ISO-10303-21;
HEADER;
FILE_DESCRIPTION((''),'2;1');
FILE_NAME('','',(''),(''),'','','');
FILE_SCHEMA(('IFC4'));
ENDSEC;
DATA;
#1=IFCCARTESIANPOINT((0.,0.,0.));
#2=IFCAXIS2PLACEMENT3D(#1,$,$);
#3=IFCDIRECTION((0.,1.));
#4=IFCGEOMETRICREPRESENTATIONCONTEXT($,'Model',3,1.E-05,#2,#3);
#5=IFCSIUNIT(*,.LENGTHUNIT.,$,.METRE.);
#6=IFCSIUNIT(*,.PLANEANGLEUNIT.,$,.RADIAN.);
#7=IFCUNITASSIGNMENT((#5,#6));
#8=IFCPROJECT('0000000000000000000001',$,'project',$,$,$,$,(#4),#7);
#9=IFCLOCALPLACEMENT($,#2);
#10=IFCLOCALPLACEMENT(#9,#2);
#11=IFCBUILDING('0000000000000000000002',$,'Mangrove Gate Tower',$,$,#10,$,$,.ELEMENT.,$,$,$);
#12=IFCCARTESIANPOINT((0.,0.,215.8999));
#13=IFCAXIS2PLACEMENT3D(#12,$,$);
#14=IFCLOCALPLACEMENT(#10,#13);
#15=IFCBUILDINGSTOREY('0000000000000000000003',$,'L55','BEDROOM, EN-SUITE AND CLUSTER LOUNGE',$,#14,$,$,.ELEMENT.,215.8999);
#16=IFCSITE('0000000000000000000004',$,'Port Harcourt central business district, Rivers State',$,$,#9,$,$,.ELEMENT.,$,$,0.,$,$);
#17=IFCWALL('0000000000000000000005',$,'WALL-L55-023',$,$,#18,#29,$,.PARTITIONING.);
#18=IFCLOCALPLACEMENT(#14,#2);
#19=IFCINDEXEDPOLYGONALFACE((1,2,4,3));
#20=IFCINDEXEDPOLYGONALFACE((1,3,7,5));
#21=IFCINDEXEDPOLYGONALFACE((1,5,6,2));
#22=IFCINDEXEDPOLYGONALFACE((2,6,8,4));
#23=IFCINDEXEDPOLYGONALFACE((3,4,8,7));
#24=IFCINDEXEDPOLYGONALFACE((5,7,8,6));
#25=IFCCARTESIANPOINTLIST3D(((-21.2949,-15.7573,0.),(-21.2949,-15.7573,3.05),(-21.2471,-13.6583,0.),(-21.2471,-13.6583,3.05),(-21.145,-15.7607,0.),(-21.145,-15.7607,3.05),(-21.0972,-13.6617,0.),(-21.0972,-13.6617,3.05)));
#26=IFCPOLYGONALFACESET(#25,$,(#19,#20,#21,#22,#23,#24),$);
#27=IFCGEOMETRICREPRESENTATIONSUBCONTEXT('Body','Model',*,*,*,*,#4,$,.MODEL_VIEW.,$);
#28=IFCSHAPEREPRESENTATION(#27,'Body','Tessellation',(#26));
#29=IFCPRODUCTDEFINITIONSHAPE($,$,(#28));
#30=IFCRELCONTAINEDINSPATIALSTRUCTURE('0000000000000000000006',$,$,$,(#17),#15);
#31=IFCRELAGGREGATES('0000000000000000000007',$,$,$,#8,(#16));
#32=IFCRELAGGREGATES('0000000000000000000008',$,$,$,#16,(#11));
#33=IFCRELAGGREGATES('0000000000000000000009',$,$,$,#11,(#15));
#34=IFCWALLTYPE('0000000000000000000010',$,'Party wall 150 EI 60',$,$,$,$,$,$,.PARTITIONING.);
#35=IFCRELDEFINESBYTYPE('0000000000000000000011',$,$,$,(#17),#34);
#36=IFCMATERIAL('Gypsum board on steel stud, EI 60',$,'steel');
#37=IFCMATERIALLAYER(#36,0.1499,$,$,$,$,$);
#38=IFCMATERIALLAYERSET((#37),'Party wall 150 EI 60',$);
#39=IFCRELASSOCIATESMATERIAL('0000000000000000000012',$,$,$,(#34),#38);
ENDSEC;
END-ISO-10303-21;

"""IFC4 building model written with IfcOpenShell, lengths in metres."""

from ifc_helpers import new_model, si_unit, direction, frame, frame_2d, origin, place, context, subcontext, project, spatial, rectangle, extrude, material, layer, layer_set, type_object, element, save


model = new_model("IFC4")

# Units and contexts
model_context = context("Model", 3, precision=1e-05, world=origin(), true_north=direction((0.0, 1.0)))
body_context = subcontext(model_context, "Body", "Model", "MODEL_VIEW")
ifc_project = project(units=[si_unit("LENGTHUNIT", "METRE"), si_unit("PLANEANGLEUNIT", "RADIAN")], contexts=[model_context])

# Site, building, storey
site_placement = place(None, origin())
site = spatial("IfcSite", under=ifc_project, at=site_placement, Name="Port Harcourt central business district, Rivers State", CompositionType="ELEMENT", RefElevation=0.0)
building_placement = place(site_placement, origin())
building = spatial("IfcBuilding", under=site, at=building_placement, Name="Mangrove Gate Tower", CompositionType="ELEMENT")
storey_placement = place(building_placement, frame((0.0, 0.0, 215.8999)))
storey = spatial("IfcBuildingStorey", under=building, at=storey_placement, Name="L55", Description="BEDROOM, EN-SUITE AND CLUSTER LOUNGE", CompositionType="ELEMENT", Elevation=215.8999)

# Wall
ifc_material_1 = material(Name="Gypsum board on steel stud, EI 60", Category="steel")
ifc_layer_1 = layer(ifc_material_1, 0.1499)
ifc_layer_set_1 = layer_set([ifc_layer_1], Name="Party wall 150 EI 60")
wall_type_1 = type_object("IfcWallType", Name="Party wall 150 EI 60", PredefinedType="PARTITIONING", material=ifc_layer_set_1)
wall_1_placement = place(storey_placement, frame((-21.22, -15.759, 0.0), z_axis=(0.0, 0.0, 1.0), x_axis=(0.02279, 0.99974, 0.0)))
element("IfcWall", 1, at=wall_1_placement, inside=storey, type_object=wall_type_1, Name="WALL-L55-023", PredefinedType="PARTITIONING", context=body_context, shape_type="SweptSolid", body=[
    extrude(rectangle(XDim=2.0996, YDim=0.1499, at=frame_2d((1.0498, 0.0))), origin(), (0.0, 0.0, 1.0), 3.05),
])

save(model, "model.ifc")
